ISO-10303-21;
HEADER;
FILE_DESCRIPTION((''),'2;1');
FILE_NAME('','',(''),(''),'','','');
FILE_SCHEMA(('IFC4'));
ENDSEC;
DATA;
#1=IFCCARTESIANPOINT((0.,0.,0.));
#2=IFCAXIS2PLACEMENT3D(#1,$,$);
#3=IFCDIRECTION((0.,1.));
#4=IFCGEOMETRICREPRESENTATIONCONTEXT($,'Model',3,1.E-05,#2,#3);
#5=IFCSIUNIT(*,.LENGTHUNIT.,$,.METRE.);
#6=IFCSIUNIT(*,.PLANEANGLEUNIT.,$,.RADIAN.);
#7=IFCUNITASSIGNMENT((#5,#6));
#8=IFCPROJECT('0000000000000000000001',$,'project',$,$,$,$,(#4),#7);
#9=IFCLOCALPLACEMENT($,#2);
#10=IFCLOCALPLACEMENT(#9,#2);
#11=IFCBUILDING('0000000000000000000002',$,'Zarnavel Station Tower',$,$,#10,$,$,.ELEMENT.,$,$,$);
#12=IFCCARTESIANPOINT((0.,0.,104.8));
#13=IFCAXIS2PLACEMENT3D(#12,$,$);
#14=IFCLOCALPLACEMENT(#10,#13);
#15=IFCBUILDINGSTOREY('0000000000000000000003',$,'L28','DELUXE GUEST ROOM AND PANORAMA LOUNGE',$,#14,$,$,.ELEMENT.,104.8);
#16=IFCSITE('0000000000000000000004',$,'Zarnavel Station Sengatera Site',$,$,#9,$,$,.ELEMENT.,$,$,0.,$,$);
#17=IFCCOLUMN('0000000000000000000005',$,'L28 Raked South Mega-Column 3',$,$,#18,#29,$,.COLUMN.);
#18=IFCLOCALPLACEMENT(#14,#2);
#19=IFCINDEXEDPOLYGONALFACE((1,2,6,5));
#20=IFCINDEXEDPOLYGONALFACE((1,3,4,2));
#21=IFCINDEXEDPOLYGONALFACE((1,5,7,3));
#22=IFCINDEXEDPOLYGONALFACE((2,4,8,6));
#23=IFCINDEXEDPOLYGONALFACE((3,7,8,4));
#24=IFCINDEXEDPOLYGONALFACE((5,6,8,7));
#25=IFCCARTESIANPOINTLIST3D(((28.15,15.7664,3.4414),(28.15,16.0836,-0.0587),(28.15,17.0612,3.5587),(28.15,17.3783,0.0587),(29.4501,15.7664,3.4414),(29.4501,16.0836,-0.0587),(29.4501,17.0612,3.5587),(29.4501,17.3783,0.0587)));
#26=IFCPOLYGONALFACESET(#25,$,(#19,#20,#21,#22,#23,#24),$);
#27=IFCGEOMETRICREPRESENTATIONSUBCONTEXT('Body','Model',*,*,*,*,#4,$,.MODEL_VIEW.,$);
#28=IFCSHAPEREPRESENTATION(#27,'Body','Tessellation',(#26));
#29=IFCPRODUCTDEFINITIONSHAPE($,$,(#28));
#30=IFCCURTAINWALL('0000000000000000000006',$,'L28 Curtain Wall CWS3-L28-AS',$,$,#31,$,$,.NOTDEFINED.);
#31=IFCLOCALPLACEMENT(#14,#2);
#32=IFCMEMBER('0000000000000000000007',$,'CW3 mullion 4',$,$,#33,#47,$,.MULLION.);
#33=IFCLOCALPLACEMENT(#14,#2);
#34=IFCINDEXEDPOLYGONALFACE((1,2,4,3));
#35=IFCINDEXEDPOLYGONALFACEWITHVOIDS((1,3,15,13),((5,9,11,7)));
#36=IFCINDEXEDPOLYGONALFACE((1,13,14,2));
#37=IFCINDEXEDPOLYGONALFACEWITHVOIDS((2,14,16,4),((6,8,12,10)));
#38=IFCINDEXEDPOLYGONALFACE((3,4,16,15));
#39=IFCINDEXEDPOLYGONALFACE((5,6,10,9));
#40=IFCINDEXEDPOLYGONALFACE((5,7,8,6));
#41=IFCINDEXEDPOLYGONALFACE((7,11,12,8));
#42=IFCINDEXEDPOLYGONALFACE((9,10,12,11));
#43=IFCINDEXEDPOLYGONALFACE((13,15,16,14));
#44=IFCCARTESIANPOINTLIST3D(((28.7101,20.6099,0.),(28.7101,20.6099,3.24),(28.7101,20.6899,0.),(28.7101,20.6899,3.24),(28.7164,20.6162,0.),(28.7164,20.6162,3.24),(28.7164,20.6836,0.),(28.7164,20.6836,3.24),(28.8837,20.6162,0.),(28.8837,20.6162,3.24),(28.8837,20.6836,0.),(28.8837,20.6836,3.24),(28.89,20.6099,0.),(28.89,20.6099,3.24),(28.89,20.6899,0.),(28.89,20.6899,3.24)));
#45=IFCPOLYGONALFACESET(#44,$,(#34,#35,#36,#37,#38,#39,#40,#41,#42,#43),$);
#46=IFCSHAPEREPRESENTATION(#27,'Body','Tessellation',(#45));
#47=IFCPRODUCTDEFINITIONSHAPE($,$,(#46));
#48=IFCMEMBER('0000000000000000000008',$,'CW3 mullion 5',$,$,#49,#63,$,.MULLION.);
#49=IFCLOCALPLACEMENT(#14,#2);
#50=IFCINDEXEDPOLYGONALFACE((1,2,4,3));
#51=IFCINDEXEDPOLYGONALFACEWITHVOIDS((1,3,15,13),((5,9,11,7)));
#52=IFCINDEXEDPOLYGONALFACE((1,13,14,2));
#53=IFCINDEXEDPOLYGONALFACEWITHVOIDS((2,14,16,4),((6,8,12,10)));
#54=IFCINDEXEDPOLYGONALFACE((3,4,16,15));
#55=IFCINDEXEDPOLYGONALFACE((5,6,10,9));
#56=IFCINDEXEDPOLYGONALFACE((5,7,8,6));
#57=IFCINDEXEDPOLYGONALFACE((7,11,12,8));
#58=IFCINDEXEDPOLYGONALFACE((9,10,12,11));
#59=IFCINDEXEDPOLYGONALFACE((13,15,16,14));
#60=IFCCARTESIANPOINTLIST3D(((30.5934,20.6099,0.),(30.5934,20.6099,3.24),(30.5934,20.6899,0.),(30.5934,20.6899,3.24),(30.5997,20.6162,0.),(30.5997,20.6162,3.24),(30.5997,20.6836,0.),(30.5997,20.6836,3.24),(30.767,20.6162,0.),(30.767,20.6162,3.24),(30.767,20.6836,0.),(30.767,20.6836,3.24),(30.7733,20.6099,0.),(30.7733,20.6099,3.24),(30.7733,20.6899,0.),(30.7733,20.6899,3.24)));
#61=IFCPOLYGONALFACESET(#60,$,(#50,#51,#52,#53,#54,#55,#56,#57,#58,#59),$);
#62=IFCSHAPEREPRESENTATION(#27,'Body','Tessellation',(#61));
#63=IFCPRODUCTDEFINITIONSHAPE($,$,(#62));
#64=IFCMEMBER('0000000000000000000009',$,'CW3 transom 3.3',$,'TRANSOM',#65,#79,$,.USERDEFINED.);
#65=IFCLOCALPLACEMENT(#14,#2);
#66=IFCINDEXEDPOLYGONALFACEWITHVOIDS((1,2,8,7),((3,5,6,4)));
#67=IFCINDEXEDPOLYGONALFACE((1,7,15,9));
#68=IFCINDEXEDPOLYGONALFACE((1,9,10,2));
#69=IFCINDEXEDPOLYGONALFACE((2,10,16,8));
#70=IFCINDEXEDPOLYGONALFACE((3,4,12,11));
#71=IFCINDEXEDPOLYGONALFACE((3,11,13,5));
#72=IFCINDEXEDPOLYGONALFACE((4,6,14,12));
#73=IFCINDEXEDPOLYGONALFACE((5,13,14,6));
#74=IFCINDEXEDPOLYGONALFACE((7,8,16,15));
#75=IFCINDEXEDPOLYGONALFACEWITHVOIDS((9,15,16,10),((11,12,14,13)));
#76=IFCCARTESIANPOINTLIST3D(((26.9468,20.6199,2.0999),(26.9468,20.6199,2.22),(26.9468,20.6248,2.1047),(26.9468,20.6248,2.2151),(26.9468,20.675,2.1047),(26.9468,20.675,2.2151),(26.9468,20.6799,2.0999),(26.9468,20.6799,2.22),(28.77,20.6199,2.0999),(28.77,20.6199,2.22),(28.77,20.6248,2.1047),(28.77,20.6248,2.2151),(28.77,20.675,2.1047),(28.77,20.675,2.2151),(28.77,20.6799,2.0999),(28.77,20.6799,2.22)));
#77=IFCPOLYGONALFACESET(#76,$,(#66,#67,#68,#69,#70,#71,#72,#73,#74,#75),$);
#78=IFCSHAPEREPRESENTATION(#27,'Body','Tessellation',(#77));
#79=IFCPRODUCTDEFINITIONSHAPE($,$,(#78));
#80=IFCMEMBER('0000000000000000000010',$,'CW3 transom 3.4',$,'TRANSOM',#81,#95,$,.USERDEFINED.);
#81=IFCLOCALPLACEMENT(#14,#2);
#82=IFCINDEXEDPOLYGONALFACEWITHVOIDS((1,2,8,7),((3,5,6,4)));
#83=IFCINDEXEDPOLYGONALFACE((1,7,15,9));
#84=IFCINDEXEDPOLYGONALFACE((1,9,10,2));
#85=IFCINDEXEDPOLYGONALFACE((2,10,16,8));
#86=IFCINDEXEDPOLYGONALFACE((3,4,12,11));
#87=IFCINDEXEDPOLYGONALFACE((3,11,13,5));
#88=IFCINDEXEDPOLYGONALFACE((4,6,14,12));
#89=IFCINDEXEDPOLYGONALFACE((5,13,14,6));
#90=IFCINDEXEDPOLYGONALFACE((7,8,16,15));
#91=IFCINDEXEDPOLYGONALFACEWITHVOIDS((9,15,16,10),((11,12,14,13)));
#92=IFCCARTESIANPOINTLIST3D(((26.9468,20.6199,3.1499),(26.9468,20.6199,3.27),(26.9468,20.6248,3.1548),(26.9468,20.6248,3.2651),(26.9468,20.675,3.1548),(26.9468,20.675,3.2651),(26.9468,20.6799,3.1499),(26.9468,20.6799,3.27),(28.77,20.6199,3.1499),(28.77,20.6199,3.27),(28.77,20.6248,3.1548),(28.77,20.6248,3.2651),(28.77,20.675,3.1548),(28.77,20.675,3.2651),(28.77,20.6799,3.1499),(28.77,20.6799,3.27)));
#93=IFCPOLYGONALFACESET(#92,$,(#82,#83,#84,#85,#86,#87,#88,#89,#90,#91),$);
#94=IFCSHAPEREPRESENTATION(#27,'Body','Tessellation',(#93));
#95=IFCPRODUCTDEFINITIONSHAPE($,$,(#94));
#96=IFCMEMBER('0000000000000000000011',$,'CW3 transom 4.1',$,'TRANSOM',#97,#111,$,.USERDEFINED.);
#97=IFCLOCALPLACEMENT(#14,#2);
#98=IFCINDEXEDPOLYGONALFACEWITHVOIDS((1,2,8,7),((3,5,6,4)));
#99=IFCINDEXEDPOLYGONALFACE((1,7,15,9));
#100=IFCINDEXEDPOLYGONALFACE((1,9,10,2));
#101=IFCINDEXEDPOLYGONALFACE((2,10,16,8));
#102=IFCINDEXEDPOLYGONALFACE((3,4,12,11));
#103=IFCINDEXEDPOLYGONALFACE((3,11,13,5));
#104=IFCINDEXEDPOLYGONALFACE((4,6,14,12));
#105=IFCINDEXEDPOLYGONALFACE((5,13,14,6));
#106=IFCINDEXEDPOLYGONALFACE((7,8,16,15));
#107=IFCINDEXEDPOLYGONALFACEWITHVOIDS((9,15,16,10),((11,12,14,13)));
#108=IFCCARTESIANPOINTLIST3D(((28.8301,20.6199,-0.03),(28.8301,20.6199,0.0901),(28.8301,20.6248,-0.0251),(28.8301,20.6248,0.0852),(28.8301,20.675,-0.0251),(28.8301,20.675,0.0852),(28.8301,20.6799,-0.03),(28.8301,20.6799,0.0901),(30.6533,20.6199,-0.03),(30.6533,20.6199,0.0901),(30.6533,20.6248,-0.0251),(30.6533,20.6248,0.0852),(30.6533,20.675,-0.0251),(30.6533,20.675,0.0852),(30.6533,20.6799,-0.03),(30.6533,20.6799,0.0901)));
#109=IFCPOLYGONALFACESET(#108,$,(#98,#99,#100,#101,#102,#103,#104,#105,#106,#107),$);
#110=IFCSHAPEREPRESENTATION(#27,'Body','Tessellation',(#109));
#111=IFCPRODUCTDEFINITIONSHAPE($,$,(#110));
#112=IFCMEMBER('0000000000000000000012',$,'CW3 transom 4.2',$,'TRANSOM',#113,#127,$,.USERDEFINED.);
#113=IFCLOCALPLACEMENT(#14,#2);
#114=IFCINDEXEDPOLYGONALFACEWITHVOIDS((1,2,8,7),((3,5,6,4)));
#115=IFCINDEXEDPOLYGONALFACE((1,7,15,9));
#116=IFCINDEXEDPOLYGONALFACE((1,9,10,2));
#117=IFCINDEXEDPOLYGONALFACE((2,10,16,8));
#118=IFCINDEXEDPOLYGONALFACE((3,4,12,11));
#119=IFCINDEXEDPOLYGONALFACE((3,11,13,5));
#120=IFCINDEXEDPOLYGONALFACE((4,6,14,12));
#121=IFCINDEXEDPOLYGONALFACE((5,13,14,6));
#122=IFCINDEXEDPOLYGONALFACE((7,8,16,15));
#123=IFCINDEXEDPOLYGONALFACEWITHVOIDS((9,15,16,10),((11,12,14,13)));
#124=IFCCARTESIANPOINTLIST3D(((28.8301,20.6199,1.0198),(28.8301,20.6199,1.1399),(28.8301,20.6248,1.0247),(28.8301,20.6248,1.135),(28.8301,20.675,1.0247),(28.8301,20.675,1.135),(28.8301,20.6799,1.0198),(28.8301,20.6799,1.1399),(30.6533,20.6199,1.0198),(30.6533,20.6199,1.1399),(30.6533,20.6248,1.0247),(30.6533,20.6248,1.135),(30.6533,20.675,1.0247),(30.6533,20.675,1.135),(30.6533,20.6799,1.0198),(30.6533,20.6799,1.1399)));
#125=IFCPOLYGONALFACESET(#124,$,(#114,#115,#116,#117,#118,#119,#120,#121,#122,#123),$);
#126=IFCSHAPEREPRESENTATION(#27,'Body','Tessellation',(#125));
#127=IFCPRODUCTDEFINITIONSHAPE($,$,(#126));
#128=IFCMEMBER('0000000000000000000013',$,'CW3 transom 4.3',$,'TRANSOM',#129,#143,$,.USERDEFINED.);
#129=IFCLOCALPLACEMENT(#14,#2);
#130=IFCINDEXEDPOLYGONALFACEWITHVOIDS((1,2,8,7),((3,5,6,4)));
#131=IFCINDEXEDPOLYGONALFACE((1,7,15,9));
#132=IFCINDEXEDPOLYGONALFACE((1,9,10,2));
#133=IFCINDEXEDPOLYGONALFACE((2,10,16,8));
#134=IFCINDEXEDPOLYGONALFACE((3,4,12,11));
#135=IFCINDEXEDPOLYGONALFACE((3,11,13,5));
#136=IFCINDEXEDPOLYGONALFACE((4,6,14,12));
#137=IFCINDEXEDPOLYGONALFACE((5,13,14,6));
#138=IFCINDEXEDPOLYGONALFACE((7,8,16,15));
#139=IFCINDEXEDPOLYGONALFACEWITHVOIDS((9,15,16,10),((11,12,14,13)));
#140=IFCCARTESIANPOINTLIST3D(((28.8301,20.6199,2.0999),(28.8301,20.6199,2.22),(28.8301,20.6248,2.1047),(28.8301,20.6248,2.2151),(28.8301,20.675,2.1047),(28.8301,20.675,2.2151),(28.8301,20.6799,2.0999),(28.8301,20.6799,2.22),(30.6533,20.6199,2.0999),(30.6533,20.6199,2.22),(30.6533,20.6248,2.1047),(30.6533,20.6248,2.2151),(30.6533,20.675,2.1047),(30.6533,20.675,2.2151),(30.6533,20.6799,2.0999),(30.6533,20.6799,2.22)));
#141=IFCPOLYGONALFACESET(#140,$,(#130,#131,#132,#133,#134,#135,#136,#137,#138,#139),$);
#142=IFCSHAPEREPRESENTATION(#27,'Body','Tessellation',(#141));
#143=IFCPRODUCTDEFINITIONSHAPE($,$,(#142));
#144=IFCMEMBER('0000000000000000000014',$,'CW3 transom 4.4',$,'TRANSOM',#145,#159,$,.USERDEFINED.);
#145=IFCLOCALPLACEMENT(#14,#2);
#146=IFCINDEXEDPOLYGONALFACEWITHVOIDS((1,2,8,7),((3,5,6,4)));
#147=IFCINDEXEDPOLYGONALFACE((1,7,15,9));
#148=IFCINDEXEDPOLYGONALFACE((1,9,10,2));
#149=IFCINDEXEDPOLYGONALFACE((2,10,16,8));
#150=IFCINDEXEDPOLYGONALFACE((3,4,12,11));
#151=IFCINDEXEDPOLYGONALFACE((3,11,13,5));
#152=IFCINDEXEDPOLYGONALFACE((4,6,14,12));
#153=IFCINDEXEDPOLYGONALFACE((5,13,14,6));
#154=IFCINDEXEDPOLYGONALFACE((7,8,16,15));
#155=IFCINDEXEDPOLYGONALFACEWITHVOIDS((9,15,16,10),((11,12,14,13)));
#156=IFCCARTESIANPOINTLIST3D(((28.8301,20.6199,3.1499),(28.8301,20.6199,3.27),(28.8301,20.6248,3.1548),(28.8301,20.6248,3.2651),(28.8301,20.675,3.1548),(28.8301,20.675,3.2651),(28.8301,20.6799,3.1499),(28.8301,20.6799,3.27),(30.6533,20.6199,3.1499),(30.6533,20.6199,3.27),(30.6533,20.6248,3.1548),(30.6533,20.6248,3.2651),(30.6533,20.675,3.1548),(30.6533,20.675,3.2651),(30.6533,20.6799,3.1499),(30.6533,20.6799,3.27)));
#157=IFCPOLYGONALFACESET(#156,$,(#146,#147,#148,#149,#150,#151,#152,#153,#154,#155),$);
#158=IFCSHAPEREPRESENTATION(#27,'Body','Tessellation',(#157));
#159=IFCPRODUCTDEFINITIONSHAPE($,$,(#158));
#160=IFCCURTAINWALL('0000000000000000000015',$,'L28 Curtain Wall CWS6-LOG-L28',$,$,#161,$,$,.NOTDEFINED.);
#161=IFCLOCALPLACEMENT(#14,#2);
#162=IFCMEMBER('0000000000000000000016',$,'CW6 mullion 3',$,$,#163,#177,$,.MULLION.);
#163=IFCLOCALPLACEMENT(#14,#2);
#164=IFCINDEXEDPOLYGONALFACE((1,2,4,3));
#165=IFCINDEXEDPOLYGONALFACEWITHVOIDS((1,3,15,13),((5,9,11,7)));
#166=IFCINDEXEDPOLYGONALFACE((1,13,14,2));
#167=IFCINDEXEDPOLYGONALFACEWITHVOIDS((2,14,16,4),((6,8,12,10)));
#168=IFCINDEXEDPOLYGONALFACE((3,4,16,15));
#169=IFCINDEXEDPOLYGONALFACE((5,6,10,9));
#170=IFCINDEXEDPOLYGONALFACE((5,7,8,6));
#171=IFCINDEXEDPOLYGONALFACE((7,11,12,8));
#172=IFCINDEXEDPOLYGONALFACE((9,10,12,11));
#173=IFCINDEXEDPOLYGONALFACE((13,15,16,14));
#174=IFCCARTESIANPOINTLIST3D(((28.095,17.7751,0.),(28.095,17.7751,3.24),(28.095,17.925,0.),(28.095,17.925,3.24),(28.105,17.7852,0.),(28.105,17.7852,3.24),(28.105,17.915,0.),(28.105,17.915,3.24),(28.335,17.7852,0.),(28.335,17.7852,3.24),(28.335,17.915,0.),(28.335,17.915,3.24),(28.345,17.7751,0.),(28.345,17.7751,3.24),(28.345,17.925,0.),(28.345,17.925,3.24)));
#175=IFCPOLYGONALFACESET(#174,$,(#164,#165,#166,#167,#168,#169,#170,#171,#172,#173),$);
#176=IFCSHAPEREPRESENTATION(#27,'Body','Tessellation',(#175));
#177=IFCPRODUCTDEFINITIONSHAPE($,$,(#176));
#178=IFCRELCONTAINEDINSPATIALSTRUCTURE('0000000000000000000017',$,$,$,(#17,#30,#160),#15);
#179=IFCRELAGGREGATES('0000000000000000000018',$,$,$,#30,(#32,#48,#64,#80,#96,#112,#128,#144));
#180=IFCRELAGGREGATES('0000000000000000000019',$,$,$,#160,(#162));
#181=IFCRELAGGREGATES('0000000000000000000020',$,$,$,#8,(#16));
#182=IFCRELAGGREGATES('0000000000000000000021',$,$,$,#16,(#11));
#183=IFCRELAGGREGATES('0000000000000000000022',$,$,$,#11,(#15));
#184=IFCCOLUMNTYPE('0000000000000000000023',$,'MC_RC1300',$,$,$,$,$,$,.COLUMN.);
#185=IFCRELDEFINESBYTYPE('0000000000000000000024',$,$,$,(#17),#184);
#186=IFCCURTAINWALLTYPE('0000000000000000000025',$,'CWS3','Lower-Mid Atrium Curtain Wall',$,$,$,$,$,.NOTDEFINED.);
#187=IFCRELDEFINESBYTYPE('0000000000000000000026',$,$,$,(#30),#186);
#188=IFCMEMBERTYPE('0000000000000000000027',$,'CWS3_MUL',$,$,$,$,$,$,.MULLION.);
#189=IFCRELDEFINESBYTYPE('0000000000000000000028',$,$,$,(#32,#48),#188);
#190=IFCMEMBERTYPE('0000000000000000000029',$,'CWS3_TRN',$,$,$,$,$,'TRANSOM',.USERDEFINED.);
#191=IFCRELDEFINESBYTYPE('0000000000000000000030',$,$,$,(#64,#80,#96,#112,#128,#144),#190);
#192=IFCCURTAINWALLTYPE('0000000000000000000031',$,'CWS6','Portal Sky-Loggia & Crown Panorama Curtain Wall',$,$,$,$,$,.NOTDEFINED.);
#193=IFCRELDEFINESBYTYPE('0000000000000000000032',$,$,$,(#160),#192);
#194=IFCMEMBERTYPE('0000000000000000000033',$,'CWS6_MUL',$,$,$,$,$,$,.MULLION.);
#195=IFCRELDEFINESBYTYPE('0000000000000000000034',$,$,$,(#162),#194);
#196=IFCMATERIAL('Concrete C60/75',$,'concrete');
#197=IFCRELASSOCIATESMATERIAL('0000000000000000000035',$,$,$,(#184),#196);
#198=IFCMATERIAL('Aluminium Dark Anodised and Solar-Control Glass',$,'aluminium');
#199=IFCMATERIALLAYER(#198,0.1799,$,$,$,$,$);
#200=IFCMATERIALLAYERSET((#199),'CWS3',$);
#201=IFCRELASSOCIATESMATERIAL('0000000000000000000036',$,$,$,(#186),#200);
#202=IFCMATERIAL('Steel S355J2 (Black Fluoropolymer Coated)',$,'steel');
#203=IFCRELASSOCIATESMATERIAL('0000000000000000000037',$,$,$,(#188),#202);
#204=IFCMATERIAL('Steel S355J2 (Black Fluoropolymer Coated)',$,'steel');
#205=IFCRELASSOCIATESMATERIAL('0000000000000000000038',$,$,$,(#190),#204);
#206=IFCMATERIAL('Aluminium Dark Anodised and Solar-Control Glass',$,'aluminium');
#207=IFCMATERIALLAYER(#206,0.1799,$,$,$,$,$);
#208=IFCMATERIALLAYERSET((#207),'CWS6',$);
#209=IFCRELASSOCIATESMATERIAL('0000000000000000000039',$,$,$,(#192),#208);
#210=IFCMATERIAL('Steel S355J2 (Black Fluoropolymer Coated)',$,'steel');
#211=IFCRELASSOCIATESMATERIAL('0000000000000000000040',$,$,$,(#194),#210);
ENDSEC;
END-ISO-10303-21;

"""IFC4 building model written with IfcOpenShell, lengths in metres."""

from ifc_helpers import new_model, si_unit, direction, frame, origin, origin_2d, place, context, subcontext, project, spatial, rectangle, hollow_rectangle, extrude, material, layer, layer_set, material_profile, profile_set, type_object, element, aggregate, save


model = new_model("IFC4")

# Units and contexts
model_context = context("Model", 3, precision=1e-05, world=origin(), true_north=direction((0.0, 1.0)))
body_context = subcontext(model_context, "Body", "Model", "MODEL_VIEW")
ifc_project = project(units=[si_unit("LENGTHUNIT", "METRE"), si_unit("PLANEANGLEUNIT", "RADIAN")], contexts=[model_context])

# Site, building, storey
site_placement = place(None, origin())
site = spatial("IfcSite", under=ifc_project, at=site_placement, Name="Zarnavel Station Sengatera Site", CompositionType="ELEMENT", RefElevation=0.0)
building_placement = place(site_placement, origin())
building = spatial("IfcBuilding", under=site, at=building_placement, Name="Zarnavel Station Tower", CompositionType="ELEMENT")
storey_placement = place(building_placement, frame((0.0, 0.0, 104.8)))
storey = spatial("IfcBuildingStorey", under=building, at=storey_placement, Name="L28", Description="DELUXE GUEST ROOM AND PANORAMA LOUNGE", CompositionType="ELEMENT", Elevation=104.8)

# Column
ifc_material_1 = material(Name="Concrete C60/75", Category="concrete")
ifc_material_profile_1 = material_profile(ifc_material_1, rectangle(XDim=1.3, YDim=1.3, at=origin_2d()), Name="RC1300x1300")
ifc_profile_set_1 = profile_set([ifc_material_profile_1], Name="Concrete C60/75")
column_type = type_object("IfcColumnType", Name="MC_RC1300", PredefinedType="COLUMN", material=ifc_profile_set_1)
column_placement = place(storey_placement, frame((28.8, 16.731, 0.0), z_axis=(0.0, -0.090241, 0.99592), x_axis=(1.0, 0.0, 0.0)))
element("IfcColumn", 1, at=column_placement, inside=storey, type_object=column_type, Name="L28 Raked South Mega-Column 3", PredefinedType="COLUMN", context=body_context, shape_type="SweptSolid", body=[
    extrude(rectangle(XDim=1.3, YDim=1.3, at=origin_2d()), origin(), (0.0, 0.0, 1.0), 3.5144),
])

# Curtain wall, members
ifc_material_2 = material(Name="Aluminium Dark Anodised and Solar-Control Glass", Category="aluminium")
ifc_layer_1 = layer(ifc_material_2, 0.1799)
ifc_layer_set_1 = layer_set([ifc_layer_1], Name="CWS3")
curtain_wall_type_1 = type_object("IfcCurtainWallType", Name="CWS3", Description="Lower-Mid Atrium Curtain Wall", PredefinedType="NOTDEFINED", material=ifc_layer_set_1)
curtain_wall_1_placement = place(storey_placement, origin())
curtain_wall_1 = element("IfcCurtainWall", 2, at=curtain_wall_1_placement, inside=storey, type_object=curtain_wall_type_1, Name="L28 Curtain Wall CWS3-L28-AS", PredefinedType="NOTDEFINED")
ifc_material_3 = material(Name="Steel S355J2 (Black Fluoropolymer Coated)", Category="steel")
ifc_material_profile_2 = material_profile(ifc_material_3, hollow_rectangle(XDim=0.0801, YDim=0.1799, WallThickness=0.0063, at=origin_2d()), Name="RHS180x80x6.3")
ifc_profile_set_2 = profile_set([ifc_material_profile_2], Name="Steel S355J2 (Black Fluoropolymer Coated)")
member_type_1 = type_object("IfcMemberType", Name="CWS3_MUL", PredefinedType="MULLION", material=ifc_profile_set_2)
member_1_placement = place(storey_placement, frame((28.8, 20.6499, 0.0), z_axis=(0.0, 0.0, 1.0), x_axis=(0.0, 1.0, 0.0)))
member_1 = element("IfcMember", 3, at=member_1_placement, type_object=member_type_1, Name="CW3 mullion 4", PredefinedType="MULLION", context=body_context, shape_type="SweptSolid", body=[
    extrude(hollow_rectangle(XDim=0.0801, YDim=0.1799, WallThickness=0.0063, at=origin_2d()), origin(), (0.0, 0.0, 1.0), 3.24),
])
member_2_placement = place(storey_placement, frame((30.6833, 20.6499, 0.0), z_axis=(0.0, 0.0, 1.0), x_axis=(0.0, 1.0, 0.0)))
member_2 = element("IfcMember", 4, at=member_2_placement, type_object=member_type_1, Name="CW3 mullion 5", PredefinedType="MULLION", context=body_context, shape_type="SweptSolid", body=[
    extrude(hollow_rectangle(XDim=0.0801, YDim=0.1799, WallThickness=0.0063, at=origin_2d()), origin(), (0.0, 0.0, 1.0), 3.24),
])
ifc_material_4 = material(Name="Steel S355J2 (Black Fluoropolymer Coated)", Category="steel")
ifc_material_profile_3 = material_profile(ifc_material_4, hollow_rectangle(XDim=0.0601, YDim=0.1201, WallThickness=0.0049, at=origin_2d()), Name="RHS120x60x5")
ifc_profile_set_3 = profile_set([ifc_material_profile_3], Name="Steel S355J2 (Black Fluoropolymer Coated)")
member_type_2 = type_object("IfcMemberType", Name="CWS3_TRN", ElementType="TRANSOM", PredefinedType="USERDEFINED", material=ifc_profile_set_3)
member_3_placement = place(storey_placement, frame((26.9468, 20.6499, 2.1599), z_axis=(1.0, 0.0, 0.0), x_axis=(0.0, 1.0, 0.0)))
member_3 = element("IfcMember", 5, at=member_3_placement, type_object=member_type_2, Name="CW3 transom 3.3", ObjectType="TRANSOM", PredefinedType="USERDEFINED", context=body_context, shape_type="SweptSolid", body=[
    extrude(hollow_rectangle(XDim=0.0601, YDim=0.1201, WallThickness=0.0049, at=origin_2d()), origin(), (0.0, 0.0, 1.0), 1.8232),
])
member_4_placement = place(storey_placement, frame((26.9468, 20.6499, 3.21), z_axis=(1.0, 0.0, 0.0), x_axis=(0.0, 1.0, 0.0)))
member_4 = element("IfcMember", 6, at=member_4_placement, type_object=member_type_2, Name="CW3 transom 3.4", ObjectType="TRANSOM", PredefinedType="USERDEFINED", context=body_context, shape_type="SweptSolid", body=[
    extrude(hollow_rectangle(XDim=0.0601, YDim=0.1201, WallThickness=0.0049, at=origin_2d()), origin(), (0.0, 0.0, 1.0), 1.8232),
])
member_5_placement = place(storey_placement, frame((28.8301, 20.6499, 0.03), z_axis=(1.0, 0.0, 0.0), x_axis=(0.0, 1.0, 0.0)))
member_5 = element("IfcMember", 7, at=member_5_placement, type_object=member_type_2, Name="CW3 transom 4.1", ObjectType="TRANSOM", PredefinedType="USERDEFINED", context=body_context, shape_type="SweptSolid", body=[
    extrude(hollow_rectangle(XDim=0.0601, YDim=0.1201, WallThickness=0.0049, at=origin_2d()), origin(), (0.0, 0.0, 1.0), 1.8232),
])
member_6_placement = place(storey_placement, frame((28.8301, 20.6499, 1.0798), z_axis=(1.0, 0.0, 0.0), x_axis=(0.0, 1.0, 0.0)))
member_6 = element("IfcMember", 8, at=member_6_placement, type_object=member_type_2, Name="CW3 transom 4.2", ObjectType="TRANSOM", PredefinedType="USERDEFINED", context=body_context, shape_type="SweptSolid", body=[
    extrude(hollow_rectangle(XDim=0.0601, YDim=0.1201, WallThickness=0.0049, at=origin_2d()), origin(), (0.0, 0.0, 1.0), 1.8232),
])
member_7_placement = place(storey_placement, frame((28.8301, 20.6499, 2.1599), z_axis=(1.0, 0.0, 0.0), x_axis=(0.0, 1.0, 0.0)))
member_7 = element("IfcMember", 9, at=member_7_placement, type_object=member_type_2, Name="CW3 transom 4.3", ObjectType="TRANSOM", PredefinedType="USERDEFINED", context=body_context, shape_type="SweptSolid", body=[
    extrude(hollow_rectangle(XDim=0.0601, YDim=0.1201, WallThickness=0.0049, at=origin_2d()), origin(), (0.0, 0.0, 1.0), 1.8232),
])
member_8_placement = place(storey_placement, frame((28.8301, 20.6499, 3.21), z_axis=(1.0, 0.0, 0.0), x_axis=(0.0, 1.0, 0.0)))
member_8 = element("IfcMember", 10, at=member_8_placement, type_object=member_type_2, Name="CW3 transom 4.4", ObjectType="TRANSOM", PredefinedType="USERDEFINED", context=body_context, shape_type="SweptSolid", body=[
    extrude(hollow_rectangle(XDim=0.0601, YDim=0.1201, WallThickness=0.0049, at=origin_2d()), origin(), (0.0, 0.0, 1.0), 1.8232),
])

# Curtain wall, member
ifc_material_5 = material(Name="Aluminium Dark Anodised and Solar-Control Glass", Category="aluminium")
ifc_layer_2 = layer(ifc_material_5, 0.1799)
ifc_layer_set_2 = layer_set([ifc_layer_2], Name="CWS6")
curtain_wall_type_2 = type_object("IfcCurtainWallType", Name="CWS6", Description="Portal Sky-Loggia & Crown Panorama Curtain Wall", PredefinedType="NOTDEFINED", material=ifc_layer_set_2)
curtain_wall_2_placement = place(storey_placement, origin())
curtain_wall_2 = element("IfcCurtainWall", 11, at=curtain_wall_2_placement, inside=storey, type_object=curtain_wall_type_2, Name="L28 Curtain Wall CWS6-LOG-L28", PredefinedType="NOTDEFINED")
ifc_material_6 = material(Name="Steel S355J2 (Black Fluoropolymer Coated)", Category="steel")
ifc_material_profile_4 = material_profile(ifc_material_6, hollow_rectangle(XDim=0.1499, YDim=0.25, WallThickness=0.01, at=origin_2d()), Name="RHS250x150x10")
ifc_profile_set_4 = profile_set([ifc_material_profile_4], Name="Steel S355J2 (Black Fluoropolymer Coated)")
member_type_3 = type_object("IfcMemberType", Name="CWS6_MUL", PredefinedType="MULLION", material=ifc_profile_set_4)
member_9_placement = place(storey_placement, frame((28.22, 17.8501, 0.0), z_axis=(0.0, 0.0, 1.0), x_axis=(0.0, 1.0, 0.0)))
member_9 = element("IfcMember", 12, at=member_9_placement, type_object=member_type_3, Name="CW6 mullion 3", PredefinedType="MULLION", context=body_context, shape_type="SweptSolid", body=[
    extrude(hollow_rectangle(XDim=0.1499, YDim=0.25, WallThickness=0.01, at=origin_2d()), origin(), (0.0, 0.0, 1.0), 3.24),
])

aggregate(curtain_wall_1, [member_1, member_2, member_3, member_4, member_5, member_6, member_7, member_8])
aggregate(curtain_wall_2, [member_9])

save(model, "model.ifc")
